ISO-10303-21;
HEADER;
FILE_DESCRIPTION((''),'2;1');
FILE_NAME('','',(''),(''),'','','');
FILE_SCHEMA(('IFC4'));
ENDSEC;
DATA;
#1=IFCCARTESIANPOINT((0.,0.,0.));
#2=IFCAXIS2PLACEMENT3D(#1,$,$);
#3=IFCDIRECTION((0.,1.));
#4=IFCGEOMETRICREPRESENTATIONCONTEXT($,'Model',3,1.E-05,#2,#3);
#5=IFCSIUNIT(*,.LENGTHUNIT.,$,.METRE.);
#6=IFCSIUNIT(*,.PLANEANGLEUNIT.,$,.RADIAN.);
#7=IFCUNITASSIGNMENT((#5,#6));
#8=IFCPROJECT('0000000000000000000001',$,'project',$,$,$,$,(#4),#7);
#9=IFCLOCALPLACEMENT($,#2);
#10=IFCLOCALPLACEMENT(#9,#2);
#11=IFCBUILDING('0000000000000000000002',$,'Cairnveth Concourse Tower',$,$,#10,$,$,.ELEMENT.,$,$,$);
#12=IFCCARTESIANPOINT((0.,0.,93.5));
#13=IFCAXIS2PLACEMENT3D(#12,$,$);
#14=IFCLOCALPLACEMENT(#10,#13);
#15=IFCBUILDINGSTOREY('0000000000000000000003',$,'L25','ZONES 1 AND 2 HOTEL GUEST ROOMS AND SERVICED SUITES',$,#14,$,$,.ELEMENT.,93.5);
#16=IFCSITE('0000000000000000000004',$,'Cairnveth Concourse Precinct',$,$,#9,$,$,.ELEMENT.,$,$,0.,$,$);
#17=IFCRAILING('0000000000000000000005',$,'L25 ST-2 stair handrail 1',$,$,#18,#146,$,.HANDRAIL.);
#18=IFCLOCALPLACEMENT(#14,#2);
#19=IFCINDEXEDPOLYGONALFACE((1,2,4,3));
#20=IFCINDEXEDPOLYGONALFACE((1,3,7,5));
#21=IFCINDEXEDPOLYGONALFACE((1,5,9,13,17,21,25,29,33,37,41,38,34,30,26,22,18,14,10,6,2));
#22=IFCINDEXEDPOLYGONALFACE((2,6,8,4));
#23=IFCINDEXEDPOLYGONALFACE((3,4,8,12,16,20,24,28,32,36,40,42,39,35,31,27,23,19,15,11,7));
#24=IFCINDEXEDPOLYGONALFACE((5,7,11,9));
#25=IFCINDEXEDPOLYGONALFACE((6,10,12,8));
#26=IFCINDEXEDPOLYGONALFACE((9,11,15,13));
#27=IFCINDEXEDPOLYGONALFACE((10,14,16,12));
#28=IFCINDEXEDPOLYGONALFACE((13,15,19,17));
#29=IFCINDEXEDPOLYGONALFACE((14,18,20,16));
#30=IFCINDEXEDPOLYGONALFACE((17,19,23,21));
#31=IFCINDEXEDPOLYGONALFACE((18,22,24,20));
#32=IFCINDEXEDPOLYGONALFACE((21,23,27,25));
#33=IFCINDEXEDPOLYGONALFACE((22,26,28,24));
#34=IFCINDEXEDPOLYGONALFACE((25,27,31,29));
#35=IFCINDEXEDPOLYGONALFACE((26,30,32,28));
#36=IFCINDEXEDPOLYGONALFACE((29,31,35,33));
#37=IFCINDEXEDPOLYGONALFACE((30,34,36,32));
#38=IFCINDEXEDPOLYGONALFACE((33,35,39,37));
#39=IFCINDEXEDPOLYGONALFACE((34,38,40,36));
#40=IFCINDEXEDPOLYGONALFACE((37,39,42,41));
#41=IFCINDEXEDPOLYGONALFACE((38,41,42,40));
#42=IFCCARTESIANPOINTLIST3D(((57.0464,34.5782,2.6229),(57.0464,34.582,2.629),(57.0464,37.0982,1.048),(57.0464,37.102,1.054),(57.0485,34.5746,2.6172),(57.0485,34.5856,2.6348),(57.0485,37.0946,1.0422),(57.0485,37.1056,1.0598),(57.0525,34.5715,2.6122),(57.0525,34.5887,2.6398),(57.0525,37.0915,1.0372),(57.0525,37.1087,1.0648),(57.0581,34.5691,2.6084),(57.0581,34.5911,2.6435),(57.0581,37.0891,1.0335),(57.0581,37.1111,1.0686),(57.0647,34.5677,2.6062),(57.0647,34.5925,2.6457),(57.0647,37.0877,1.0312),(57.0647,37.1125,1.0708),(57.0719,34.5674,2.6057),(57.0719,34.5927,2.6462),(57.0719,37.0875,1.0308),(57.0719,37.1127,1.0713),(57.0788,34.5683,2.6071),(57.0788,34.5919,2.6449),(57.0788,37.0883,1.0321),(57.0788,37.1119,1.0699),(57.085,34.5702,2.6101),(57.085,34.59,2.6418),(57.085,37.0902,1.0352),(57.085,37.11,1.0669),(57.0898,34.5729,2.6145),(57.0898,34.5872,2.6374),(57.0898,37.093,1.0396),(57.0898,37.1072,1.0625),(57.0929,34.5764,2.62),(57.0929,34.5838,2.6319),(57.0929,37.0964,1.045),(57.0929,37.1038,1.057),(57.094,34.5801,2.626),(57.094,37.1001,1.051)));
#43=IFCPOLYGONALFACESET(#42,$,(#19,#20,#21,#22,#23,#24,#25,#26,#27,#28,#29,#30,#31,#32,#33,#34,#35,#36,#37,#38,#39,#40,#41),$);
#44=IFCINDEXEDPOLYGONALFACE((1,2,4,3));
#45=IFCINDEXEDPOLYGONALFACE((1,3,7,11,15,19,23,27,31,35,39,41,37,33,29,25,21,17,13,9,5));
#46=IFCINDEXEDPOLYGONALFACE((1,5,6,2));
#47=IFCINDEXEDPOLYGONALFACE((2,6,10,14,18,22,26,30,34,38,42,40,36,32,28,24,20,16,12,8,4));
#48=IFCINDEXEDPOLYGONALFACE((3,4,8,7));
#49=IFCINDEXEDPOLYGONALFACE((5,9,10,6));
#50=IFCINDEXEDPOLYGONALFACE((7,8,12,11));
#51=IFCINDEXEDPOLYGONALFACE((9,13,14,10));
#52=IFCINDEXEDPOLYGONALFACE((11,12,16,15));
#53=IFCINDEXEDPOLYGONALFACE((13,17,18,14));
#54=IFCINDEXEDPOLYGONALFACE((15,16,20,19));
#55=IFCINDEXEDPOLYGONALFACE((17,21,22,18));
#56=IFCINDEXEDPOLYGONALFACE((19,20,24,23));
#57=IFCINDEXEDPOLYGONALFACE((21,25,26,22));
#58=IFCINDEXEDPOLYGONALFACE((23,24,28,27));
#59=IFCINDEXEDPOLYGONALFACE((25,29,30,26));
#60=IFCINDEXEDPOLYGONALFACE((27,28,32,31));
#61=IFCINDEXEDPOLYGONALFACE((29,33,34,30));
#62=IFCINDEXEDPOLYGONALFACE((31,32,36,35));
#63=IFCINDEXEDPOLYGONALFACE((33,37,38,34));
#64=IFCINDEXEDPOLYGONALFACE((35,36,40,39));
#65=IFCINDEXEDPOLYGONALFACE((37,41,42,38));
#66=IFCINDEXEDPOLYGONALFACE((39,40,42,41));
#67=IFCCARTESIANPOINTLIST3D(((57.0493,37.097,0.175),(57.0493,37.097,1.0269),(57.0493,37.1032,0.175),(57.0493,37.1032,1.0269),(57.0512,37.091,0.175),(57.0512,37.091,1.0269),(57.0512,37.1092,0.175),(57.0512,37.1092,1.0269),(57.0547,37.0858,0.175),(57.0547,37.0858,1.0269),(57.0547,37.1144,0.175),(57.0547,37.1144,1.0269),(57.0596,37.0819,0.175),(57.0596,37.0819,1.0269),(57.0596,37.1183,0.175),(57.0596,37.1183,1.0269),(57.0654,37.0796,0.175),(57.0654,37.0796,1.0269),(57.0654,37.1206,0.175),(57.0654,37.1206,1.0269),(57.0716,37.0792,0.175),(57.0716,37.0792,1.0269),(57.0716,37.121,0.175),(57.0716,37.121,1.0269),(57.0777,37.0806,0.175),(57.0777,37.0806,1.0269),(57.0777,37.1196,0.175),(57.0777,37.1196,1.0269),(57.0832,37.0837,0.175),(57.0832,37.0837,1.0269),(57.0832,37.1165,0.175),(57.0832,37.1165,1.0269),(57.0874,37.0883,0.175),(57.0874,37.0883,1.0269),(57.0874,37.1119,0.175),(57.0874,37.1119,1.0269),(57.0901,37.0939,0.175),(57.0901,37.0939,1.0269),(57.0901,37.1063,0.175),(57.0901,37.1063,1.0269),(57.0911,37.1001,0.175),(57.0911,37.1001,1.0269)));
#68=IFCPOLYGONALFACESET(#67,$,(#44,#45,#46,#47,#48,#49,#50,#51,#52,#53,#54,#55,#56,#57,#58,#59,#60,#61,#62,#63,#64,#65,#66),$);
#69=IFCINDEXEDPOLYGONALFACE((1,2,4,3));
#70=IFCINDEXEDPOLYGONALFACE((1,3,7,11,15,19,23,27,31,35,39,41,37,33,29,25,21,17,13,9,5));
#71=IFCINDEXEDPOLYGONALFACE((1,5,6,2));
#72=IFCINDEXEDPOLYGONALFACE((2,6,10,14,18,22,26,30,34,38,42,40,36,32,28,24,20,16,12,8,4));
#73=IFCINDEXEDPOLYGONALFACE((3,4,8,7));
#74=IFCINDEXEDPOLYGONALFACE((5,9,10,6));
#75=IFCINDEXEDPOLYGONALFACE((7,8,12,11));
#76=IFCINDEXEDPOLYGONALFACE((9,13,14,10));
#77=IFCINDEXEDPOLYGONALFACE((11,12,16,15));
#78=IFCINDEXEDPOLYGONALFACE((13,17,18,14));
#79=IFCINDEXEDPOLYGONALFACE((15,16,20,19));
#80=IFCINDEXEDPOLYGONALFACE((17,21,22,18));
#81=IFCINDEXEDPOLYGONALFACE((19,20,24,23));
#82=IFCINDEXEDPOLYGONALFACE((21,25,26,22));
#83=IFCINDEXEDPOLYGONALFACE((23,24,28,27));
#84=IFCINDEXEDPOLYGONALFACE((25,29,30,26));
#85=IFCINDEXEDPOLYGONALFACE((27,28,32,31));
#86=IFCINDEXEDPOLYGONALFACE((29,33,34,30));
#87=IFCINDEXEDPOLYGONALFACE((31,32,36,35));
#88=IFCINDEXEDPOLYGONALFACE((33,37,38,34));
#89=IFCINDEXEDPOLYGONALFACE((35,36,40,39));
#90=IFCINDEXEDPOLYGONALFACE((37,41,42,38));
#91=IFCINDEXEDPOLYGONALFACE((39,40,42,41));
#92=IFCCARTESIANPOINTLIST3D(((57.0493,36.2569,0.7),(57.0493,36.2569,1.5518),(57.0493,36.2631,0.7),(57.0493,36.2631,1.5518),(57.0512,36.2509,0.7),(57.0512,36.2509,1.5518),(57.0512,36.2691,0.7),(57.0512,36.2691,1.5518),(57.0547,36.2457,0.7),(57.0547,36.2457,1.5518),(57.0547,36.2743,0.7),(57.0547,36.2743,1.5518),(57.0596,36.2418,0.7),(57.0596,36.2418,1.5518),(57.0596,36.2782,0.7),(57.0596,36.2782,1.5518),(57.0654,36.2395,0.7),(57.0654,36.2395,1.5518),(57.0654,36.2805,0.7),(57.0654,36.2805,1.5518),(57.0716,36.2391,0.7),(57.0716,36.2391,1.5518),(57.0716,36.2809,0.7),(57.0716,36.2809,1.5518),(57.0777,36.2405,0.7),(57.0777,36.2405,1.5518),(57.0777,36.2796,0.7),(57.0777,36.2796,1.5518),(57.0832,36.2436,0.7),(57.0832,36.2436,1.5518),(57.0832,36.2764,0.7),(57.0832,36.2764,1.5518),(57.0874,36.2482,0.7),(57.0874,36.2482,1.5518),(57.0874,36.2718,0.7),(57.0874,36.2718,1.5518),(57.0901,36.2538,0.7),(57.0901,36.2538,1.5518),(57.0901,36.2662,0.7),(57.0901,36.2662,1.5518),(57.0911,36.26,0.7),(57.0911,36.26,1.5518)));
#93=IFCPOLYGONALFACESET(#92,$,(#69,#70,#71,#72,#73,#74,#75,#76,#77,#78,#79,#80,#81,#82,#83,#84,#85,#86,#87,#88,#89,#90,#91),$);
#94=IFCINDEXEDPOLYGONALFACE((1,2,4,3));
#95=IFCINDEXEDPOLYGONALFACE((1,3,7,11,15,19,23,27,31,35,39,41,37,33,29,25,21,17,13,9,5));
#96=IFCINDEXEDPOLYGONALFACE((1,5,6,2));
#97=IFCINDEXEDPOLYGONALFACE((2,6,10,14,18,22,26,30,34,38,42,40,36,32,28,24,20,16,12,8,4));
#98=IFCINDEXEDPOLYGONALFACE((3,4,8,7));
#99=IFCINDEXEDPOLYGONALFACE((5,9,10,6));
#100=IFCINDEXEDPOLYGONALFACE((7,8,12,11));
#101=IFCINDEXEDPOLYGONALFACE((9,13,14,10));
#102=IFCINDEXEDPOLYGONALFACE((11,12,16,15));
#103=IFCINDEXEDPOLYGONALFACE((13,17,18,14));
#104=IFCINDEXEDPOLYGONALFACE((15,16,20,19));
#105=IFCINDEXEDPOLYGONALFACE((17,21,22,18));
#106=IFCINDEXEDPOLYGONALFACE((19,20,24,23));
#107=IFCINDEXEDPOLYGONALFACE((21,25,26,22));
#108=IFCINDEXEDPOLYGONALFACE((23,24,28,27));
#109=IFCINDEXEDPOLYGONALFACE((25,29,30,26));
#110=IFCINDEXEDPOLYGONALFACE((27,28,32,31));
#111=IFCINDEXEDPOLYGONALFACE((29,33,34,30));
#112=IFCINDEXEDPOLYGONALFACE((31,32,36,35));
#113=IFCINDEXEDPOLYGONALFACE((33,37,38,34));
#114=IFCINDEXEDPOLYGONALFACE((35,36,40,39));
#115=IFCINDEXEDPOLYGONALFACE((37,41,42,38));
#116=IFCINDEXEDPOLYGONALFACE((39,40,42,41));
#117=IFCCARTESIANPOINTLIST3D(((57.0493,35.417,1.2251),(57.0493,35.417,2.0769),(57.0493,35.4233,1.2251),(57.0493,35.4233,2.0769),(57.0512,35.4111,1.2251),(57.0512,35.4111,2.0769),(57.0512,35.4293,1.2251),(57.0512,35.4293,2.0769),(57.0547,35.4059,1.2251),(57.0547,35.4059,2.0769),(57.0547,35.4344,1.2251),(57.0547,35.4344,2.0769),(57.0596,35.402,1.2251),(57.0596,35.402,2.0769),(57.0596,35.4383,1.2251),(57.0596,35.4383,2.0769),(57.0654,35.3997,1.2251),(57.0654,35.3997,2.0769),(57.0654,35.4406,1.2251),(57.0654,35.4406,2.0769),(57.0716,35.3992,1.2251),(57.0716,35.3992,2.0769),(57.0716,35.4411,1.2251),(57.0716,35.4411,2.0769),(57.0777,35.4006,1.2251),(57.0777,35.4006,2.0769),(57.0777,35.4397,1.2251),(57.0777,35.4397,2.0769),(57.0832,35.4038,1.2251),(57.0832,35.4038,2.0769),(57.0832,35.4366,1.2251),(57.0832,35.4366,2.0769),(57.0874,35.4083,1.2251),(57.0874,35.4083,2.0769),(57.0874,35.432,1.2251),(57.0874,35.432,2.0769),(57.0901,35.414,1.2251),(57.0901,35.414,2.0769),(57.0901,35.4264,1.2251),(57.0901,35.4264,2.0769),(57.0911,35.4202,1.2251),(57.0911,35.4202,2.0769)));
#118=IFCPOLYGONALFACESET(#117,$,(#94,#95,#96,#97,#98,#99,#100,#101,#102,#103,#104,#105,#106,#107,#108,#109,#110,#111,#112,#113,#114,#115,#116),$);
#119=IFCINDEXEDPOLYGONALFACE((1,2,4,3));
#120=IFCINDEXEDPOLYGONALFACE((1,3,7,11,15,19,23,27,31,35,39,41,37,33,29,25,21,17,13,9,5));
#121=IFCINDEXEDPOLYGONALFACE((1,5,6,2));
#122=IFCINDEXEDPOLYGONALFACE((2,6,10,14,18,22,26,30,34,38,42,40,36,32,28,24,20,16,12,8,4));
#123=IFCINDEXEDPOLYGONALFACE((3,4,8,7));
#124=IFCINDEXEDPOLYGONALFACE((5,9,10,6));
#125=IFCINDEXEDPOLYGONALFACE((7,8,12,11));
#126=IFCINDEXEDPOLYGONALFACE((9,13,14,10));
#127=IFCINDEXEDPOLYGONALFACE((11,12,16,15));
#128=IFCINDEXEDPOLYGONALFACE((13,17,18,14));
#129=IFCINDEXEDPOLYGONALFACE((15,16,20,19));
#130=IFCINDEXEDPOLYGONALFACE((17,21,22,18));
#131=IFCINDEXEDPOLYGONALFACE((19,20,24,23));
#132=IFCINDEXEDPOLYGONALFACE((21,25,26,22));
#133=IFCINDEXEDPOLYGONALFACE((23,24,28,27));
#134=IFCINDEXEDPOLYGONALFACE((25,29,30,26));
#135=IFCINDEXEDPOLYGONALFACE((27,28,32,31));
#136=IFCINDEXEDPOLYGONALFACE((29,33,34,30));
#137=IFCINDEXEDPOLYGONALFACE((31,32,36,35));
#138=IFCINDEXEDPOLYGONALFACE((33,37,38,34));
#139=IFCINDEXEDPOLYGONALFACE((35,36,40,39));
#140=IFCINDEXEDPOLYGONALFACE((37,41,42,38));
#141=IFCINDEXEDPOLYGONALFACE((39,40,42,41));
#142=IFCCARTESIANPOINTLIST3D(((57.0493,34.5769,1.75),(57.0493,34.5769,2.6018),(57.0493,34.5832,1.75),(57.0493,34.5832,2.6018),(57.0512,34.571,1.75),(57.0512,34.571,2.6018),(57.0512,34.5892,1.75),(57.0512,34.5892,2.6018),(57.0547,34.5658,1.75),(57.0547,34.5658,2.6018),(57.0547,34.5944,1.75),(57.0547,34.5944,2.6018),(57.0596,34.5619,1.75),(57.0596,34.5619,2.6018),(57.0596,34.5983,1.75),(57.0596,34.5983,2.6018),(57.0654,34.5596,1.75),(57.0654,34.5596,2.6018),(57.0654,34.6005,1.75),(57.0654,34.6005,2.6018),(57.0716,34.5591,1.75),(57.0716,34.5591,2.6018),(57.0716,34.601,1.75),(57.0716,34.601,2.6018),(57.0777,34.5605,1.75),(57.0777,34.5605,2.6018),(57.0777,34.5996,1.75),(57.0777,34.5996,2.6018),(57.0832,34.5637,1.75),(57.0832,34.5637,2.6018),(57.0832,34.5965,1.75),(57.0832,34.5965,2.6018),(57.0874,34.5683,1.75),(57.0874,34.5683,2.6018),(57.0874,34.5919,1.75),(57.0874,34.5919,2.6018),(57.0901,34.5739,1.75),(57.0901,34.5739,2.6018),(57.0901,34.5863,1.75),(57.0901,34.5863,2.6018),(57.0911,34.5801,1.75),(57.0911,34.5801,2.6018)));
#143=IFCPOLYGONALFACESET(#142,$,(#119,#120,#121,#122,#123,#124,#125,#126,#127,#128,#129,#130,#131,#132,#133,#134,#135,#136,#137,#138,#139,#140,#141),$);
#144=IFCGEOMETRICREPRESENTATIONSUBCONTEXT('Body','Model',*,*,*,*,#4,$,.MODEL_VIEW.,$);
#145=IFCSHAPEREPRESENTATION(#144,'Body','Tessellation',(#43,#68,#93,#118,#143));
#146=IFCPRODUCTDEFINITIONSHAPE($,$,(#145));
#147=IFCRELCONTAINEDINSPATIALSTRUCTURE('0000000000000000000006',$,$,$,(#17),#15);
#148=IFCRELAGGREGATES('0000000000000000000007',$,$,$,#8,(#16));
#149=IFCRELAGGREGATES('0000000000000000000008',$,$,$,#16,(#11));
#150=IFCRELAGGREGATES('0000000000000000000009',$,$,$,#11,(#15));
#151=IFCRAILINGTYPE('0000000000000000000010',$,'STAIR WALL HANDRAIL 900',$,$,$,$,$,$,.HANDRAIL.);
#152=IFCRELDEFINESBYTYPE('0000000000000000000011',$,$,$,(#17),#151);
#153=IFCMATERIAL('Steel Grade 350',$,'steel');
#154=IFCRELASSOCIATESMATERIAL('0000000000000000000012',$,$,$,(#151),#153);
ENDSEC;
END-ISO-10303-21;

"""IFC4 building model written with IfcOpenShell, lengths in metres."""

from ifc_helpers import new_model, si_unit, direction, frame, origin, origin_2d, place, context, subcontext, project, spatial, circle, extrude, material, type_object, element, save


model = new_model("IFC4")

# Units and contexts
model_context = context("Model", 3, precision=1e-05, world=origin(), true_north=direction((0.0, 1.0)))
body_context = subcontext(model_context, "Body", "Model", "MODEL_VIEW")
ifc_project = project(units=[si_unit("LENGTHUNIT", "METRE"), si_unit("PLANEANGLEUNIT", "RADIAN")], contexts=[model_context])

# Site, building, storey
site_placement = place(None, origin())
site = spatial("IfcSite", under=ifc_project, at=site_placement, Name="Cairnveth Concourse Precinct", CompositionType="ELEMENT", RefElevation=0.0)
building_placement = place(site_placement, origin())
building = spatial("IfcBuilding", under=site, at=building_placement, Name="Cairnveth Concourse Tower", CompositionType="ELEMENT")
storey_placement = place(building_placement, frame((0.0, 0.0, 93.5)))
storey = spatial("IfcBuildingStorey", under=building, at=storey_placement, Name="L25", Description="ZONES 1 AND 2 HOTEL GUEST ROOMS AND SERVICED SUITES", CompositionType="ELEMENT", Elevation=93.5)

# Shared definitions
ifc_material_1 = material(Name="Steel Grade 350", Category="steel")

# Railing
railing_type_1 = type_object("IfcRailingType", Name="STAIR WALL HANDRAIL 900", PredefinedType="HANDRAIL", material=ifc_material_1)
railing_1_placement = place(storey_placement, frame((57.0701, 37.1001, 0.175)))
element("IfcRailing", 1, at=railing_1_placement, inside=storey, type_object=railing_type_1, Name="L25 ST-2 stair handrail 1", PredefinedType="HANDRAIL", context=body_context, shape_type="SweptSolid", body=[
    extrude(circle(Radius=0.0239, at=origin_2d()), frame((0.0, 0.0, 0.876), z_axis=(0.0, -0.848008, 0.529984), x_axis=(1.0, 0.0, 0.0)), (0.0, 0.0, 1.0), 2.9717),
    extrude(circle(Radius=0.021, at=origin_2d()), origin(), (0.0, 0.0, 1.0), 0.8518),
    extrude(circle(Radius=0.021, at=origin_2d()), frame((0.0, -0.8401, 0.5249)), (0.0, 0.0, 1.0), 0.8518),
    extrude(circle(Radius=0.021, at=origin_2d()), frame((0.0, -1.6799, 1.05)), (0.0, 0.0, 1.0), 0.8518),
    extrude(circle(Radius=0.021, at=origin_2d()), frame((0.0, -2.52, 1.575)), (0.0, 0.0, 1.0), 0.8518),
])

save(model, "model.ifc")
